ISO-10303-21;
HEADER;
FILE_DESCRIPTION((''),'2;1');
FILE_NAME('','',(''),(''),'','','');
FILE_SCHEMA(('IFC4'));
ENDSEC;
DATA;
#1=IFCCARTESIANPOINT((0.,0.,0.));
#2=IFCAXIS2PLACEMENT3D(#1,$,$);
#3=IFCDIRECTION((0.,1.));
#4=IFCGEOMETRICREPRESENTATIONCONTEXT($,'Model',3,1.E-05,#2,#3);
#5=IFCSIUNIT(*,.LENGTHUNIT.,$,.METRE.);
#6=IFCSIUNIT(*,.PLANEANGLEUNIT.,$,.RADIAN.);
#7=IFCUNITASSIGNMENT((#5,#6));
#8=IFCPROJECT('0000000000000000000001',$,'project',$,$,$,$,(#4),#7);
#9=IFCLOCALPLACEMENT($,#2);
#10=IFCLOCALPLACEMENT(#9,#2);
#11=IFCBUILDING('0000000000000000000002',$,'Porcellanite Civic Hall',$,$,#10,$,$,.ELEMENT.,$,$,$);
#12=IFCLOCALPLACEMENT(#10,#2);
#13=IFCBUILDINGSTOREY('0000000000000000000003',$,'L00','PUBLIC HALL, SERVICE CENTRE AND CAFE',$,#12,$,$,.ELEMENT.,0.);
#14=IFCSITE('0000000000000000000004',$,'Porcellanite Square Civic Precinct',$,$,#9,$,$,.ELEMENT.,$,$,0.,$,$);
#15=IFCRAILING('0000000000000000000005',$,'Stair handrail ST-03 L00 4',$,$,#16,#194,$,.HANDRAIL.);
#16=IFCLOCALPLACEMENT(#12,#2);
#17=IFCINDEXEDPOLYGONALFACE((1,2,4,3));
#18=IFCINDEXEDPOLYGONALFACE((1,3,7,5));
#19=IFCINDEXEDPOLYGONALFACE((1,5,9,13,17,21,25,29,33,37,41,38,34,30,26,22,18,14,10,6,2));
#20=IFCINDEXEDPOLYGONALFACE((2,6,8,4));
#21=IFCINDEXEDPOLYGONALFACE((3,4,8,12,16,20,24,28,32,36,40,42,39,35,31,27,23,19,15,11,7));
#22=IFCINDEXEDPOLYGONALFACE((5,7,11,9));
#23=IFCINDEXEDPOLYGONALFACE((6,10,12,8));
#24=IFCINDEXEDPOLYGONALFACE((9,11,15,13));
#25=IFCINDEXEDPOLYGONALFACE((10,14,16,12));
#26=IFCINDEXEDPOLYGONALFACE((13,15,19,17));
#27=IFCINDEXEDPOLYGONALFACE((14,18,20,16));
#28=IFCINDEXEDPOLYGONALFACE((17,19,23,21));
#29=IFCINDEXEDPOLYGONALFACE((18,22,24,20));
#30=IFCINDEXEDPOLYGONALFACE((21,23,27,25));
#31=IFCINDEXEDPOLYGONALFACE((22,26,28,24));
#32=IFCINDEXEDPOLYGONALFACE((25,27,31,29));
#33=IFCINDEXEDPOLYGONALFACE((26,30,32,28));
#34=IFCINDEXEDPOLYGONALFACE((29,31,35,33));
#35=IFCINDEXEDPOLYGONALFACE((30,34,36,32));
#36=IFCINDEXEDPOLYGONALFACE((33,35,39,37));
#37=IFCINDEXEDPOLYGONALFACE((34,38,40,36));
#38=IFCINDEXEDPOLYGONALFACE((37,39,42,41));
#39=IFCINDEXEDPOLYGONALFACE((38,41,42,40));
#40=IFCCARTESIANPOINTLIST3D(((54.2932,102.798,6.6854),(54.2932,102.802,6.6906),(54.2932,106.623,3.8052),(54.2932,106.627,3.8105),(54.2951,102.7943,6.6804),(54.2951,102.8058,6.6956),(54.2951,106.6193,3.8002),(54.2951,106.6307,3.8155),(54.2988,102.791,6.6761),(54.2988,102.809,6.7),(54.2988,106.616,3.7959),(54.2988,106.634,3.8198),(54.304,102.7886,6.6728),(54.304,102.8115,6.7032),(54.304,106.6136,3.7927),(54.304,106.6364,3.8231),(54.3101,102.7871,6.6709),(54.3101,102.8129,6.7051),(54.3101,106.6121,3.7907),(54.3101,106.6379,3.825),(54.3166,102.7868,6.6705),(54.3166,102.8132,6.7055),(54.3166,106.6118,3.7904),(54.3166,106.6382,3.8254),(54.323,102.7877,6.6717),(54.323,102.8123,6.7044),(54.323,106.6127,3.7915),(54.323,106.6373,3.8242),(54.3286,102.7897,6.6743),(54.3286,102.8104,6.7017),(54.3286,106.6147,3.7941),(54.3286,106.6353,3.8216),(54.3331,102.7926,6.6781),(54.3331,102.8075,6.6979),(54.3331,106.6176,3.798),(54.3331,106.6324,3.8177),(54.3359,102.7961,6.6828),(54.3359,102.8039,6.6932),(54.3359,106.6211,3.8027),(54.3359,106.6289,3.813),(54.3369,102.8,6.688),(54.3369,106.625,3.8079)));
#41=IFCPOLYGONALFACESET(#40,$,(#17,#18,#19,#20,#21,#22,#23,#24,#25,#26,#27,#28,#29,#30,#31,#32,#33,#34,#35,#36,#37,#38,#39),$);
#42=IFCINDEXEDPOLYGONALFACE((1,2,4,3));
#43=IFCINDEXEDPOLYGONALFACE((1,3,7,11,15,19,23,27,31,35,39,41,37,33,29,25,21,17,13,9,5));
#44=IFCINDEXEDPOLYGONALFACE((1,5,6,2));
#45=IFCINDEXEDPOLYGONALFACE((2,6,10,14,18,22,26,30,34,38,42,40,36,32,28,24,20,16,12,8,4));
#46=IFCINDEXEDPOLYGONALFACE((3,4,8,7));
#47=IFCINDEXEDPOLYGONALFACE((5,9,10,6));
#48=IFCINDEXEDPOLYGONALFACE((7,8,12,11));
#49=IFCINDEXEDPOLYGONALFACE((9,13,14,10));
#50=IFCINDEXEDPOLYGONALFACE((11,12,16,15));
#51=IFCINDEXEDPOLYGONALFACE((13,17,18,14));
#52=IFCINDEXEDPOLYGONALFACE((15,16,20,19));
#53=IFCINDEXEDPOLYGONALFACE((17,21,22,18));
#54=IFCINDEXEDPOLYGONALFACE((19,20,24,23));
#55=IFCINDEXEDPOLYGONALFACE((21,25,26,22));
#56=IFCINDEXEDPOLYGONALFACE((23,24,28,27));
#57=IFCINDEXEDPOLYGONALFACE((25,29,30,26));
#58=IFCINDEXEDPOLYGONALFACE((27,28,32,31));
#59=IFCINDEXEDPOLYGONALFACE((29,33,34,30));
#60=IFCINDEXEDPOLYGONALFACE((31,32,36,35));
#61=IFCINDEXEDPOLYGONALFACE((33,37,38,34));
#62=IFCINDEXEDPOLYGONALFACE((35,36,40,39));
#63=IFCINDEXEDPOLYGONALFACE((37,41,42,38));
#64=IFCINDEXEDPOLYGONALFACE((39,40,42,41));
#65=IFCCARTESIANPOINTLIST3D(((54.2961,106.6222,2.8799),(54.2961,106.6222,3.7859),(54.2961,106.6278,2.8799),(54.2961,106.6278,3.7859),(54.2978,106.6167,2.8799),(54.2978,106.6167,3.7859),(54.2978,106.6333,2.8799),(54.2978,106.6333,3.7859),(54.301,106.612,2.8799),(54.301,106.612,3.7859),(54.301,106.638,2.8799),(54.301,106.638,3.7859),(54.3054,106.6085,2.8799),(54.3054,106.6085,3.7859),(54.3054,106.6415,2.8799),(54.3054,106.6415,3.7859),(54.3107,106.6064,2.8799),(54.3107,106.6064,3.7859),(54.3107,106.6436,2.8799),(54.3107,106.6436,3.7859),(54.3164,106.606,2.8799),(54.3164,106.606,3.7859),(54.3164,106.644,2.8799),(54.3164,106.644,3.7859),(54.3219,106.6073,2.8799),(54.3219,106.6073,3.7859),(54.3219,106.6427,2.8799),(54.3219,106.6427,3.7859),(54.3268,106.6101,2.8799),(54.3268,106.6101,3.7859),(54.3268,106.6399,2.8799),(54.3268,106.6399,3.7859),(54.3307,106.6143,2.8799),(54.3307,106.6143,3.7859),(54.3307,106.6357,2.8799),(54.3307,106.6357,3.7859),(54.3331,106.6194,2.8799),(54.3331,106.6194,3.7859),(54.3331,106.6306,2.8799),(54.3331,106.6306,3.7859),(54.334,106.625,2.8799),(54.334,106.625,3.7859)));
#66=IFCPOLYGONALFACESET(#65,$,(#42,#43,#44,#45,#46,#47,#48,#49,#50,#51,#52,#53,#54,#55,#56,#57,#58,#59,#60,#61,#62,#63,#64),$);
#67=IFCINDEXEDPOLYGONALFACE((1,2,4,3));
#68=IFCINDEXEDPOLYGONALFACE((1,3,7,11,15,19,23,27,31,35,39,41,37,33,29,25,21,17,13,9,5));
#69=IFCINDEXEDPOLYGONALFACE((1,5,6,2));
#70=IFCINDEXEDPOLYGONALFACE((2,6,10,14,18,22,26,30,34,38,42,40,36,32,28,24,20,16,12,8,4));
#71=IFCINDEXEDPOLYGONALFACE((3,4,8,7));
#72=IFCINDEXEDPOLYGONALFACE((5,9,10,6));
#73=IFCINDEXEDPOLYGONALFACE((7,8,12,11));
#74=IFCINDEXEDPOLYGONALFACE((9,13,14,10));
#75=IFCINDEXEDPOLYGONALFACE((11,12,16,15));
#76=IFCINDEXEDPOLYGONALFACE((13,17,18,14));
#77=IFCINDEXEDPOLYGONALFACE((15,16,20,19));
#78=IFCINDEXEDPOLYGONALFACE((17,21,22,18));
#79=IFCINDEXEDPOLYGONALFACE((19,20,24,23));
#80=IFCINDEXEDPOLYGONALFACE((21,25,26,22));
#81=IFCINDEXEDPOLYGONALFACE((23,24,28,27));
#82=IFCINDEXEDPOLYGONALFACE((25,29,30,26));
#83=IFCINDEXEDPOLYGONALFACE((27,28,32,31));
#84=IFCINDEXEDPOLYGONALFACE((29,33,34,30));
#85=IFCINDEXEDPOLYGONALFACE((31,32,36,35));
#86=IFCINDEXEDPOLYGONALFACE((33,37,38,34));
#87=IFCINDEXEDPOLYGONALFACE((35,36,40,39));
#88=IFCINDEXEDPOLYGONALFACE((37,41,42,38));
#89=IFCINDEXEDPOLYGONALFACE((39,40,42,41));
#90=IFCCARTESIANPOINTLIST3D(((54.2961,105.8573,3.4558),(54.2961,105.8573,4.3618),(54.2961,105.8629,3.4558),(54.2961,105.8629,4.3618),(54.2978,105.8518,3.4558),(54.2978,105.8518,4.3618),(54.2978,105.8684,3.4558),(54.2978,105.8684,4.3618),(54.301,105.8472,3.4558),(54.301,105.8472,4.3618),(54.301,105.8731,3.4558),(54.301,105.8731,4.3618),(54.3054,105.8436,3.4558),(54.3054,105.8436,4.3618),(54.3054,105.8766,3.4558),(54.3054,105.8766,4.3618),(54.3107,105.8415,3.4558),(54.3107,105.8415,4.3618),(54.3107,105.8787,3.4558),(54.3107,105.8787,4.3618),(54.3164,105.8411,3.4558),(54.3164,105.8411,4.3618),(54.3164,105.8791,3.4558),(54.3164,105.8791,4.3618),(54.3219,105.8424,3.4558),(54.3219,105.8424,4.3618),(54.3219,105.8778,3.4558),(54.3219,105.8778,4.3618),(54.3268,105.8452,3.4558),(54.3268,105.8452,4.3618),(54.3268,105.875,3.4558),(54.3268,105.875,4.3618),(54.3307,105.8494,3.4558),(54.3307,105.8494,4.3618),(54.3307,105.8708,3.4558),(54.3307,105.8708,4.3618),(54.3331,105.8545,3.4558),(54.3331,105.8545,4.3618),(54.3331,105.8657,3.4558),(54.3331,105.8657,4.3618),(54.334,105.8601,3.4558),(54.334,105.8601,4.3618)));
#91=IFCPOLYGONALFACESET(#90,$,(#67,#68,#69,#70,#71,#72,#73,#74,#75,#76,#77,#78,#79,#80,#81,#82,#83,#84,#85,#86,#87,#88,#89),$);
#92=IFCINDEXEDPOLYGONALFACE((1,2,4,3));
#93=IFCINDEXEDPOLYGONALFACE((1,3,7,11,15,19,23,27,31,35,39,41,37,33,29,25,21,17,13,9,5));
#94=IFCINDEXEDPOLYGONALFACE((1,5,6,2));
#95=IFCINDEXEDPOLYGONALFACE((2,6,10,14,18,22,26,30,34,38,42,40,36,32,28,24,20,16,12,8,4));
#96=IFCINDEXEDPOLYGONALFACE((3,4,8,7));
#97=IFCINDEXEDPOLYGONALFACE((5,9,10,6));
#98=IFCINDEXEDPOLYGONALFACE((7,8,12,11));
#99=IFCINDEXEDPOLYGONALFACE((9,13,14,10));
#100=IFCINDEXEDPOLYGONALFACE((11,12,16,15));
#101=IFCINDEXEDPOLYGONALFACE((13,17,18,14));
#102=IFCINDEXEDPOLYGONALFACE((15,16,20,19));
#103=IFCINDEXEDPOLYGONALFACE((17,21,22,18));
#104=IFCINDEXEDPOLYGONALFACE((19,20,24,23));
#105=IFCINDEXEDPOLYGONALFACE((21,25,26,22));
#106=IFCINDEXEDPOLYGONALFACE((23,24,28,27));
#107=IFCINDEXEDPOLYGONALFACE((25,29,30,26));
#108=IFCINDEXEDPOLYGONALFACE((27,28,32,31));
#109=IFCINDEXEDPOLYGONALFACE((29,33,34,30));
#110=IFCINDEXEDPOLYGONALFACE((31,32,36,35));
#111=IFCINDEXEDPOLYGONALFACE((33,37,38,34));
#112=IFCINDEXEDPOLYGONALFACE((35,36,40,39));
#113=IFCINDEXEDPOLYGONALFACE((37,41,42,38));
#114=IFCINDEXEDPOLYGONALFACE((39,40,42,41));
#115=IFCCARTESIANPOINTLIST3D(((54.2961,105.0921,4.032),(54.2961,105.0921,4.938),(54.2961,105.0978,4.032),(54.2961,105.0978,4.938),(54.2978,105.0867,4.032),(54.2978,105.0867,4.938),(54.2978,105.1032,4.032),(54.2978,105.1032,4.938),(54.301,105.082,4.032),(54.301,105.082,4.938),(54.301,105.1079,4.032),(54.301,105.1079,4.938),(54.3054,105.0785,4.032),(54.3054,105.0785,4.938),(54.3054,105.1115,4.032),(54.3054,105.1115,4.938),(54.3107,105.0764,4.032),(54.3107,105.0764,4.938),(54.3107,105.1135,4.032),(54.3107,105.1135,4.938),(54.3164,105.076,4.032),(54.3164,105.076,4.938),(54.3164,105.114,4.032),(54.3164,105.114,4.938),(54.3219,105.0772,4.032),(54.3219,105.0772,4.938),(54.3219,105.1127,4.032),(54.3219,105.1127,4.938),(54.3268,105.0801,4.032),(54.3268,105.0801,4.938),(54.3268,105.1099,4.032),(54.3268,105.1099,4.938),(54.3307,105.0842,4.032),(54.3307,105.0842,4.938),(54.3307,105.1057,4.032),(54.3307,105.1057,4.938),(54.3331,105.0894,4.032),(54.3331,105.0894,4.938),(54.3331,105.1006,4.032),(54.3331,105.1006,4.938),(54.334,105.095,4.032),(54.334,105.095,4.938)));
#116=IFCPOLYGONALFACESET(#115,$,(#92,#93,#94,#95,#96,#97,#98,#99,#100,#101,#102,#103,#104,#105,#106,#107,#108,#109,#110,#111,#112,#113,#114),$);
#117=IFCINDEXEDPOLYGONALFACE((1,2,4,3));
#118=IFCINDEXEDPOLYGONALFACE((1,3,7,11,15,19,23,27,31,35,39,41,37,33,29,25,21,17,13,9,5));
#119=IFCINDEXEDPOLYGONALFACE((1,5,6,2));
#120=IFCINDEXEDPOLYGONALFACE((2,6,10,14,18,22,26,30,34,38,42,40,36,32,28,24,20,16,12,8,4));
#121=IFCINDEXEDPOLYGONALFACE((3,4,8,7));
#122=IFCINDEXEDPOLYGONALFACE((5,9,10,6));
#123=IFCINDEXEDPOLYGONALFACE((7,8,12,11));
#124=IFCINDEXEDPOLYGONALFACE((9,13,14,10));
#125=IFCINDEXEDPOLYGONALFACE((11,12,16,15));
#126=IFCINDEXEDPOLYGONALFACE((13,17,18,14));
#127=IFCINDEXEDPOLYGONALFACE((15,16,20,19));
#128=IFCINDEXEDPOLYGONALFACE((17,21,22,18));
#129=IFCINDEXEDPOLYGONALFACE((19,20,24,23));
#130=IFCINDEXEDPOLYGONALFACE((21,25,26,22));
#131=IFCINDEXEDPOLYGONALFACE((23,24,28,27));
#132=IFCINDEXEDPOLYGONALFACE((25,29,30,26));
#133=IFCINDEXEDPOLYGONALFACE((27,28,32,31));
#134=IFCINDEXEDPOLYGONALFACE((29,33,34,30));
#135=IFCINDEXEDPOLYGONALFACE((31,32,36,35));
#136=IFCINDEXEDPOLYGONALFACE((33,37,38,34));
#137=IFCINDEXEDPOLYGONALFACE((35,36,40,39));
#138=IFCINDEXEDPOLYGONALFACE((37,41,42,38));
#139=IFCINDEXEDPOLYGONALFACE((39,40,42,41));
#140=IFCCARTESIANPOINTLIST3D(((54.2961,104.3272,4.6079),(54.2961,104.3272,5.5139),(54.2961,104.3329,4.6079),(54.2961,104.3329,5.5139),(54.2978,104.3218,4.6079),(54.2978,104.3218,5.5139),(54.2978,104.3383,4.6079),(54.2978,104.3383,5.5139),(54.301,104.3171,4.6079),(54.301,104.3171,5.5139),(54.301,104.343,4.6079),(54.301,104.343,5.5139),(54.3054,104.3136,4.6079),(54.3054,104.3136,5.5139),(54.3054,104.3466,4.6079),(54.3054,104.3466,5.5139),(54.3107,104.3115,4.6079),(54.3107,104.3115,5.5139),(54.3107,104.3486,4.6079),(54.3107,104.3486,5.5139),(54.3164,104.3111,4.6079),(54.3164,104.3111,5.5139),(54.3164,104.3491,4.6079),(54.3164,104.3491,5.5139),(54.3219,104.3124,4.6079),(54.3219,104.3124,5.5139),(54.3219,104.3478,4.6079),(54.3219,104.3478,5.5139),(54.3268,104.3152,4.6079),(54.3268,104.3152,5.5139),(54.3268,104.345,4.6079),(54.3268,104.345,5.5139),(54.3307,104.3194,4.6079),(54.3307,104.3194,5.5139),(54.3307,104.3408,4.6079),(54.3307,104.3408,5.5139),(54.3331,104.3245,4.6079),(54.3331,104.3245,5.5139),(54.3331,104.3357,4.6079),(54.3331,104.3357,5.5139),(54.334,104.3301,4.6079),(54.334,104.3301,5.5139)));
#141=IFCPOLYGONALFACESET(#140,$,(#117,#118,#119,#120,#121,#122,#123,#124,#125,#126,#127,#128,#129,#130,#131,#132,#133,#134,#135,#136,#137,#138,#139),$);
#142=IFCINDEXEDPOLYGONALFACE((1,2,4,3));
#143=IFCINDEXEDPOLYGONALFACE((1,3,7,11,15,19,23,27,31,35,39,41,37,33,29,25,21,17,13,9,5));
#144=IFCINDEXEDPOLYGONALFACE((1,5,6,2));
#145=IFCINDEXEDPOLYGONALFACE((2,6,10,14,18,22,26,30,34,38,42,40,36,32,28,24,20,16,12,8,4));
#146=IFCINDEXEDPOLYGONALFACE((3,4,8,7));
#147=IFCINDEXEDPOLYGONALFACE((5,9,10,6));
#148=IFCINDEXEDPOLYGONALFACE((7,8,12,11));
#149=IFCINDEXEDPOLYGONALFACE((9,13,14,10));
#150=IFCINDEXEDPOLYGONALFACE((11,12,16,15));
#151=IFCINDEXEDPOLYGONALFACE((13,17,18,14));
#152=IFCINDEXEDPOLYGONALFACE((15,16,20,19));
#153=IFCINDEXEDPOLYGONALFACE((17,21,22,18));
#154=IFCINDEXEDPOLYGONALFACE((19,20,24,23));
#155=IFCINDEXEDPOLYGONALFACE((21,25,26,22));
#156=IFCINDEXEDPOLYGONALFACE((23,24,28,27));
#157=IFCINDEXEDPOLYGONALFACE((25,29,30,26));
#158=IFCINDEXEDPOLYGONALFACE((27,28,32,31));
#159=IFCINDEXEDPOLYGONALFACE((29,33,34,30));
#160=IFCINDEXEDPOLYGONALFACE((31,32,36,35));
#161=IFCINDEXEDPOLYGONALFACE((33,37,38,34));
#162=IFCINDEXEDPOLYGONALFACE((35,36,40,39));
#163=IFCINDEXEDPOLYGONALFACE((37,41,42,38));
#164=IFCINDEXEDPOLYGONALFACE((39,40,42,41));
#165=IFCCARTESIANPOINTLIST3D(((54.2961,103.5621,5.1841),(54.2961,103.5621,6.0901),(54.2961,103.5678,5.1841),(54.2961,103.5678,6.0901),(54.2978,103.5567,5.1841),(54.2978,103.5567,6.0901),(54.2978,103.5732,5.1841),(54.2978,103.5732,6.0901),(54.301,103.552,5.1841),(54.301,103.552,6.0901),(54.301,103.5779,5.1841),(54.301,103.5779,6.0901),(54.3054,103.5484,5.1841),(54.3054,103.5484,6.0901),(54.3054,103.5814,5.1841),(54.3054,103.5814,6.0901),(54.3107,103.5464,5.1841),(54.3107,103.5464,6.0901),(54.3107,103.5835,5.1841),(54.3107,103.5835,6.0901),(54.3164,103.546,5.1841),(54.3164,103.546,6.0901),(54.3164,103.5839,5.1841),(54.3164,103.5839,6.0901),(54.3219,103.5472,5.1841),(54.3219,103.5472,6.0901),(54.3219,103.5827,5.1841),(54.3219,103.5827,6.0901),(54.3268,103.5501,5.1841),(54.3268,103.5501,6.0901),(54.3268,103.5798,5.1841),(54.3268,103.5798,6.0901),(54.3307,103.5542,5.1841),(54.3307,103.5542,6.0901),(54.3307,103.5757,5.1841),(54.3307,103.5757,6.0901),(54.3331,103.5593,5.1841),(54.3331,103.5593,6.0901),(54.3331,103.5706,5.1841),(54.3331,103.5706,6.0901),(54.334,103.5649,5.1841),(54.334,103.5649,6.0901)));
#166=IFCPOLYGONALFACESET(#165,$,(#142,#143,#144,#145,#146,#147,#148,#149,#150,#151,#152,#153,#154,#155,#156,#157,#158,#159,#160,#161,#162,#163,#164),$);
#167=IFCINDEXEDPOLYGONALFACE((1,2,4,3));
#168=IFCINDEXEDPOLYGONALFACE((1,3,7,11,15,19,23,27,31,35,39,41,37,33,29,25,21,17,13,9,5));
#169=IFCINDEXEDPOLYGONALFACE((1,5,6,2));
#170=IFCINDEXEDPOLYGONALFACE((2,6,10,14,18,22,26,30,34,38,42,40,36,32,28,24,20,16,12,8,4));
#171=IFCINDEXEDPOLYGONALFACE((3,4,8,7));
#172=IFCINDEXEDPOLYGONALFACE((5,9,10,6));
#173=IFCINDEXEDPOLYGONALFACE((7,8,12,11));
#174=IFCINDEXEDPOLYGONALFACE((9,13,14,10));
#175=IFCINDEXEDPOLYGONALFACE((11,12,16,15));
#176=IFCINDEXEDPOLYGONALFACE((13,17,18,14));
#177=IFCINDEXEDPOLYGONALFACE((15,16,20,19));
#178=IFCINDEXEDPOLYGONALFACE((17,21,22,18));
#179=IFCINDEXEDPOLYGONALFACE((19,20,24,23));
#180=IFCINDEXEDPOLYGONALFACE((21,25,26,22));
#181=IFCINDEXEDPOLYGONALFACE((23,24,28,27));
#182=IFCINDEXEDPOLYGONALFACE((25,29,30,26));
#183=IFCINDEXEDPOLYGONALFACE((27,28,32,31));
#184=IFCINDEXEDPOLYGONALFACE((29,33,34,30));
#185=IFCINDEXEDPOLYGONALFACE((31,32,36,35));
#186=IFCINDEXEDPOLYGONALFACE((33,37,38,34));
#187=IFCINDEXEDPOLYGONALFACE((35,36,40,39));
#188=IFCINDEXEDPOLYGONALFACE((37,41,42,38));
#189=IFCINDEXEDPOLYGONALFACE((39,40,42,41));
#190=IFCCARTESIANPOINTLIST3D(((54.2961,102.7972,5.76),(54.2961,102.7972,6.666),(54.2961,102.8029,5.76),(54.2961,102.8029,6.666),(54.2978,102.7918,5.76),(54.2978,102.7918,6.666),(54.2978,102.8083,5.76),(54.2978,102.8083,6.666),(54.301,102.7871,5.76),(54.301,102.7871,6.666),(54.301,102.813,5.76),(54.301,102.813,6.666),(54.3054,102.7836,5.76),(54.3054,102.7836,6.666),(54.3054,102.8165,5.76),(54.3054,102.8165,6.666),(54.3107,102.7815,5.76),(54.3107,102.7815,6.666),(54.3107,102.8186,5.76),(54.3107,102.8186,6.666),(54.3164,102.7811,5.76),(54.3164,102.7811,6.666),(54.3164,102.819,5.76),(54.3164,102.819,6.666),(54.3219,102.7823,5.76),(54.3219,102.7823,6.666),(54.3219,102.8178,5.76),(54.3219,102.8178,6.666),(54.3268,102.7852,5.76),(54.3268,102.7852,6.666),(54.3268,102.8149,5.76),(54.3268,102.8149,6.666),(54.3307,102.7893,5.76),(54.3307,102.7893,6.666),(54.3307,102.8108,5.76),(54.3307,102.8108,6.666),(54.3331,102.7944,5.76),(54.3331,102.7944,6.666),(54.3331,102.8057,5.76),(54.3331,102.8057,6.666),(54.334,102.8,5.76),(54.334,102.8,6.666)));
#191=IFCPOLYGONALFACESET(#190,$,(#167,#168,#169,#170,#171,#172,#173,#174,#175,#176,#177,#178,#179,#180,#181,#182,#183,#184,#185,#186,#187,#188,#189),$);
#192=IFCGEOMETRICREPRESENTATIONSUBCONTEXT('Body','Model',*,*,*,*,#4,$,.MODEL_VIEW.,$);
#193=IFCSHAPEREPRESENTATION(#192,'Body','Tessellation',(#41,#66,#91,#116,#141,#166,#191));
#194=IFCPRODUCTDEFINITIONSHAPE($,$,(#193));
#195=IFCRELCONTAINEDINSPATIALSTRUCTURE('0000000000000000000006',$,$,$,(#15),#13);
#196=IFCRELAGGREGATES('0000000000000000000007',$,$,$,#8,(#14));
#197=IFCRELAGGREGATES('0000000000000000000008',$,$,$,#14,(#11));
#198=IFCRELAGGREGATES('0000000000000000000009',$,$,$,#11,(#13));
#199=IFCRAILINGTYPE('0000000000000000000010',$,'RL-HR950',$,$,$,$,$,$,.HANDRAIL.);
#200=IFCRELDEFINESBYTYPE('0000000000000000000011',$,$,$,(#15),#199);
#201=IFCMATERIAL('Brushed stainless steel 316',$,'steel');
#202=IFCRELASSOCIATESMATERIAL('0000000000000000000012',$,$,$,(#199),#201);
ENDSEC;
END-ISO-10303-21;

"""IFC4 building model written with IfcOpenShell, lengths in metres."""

from ifc_helpers import new_model, si_unit, direction, frame, origin, origin_2d, place, context, subcontext, project, spatial, circle, extrude, material, type_object, element, save


model = new_model("IFC4")

# Units and contexts
model_context = context("Model", 3, precision=1e-05, world=origin(), true_north=direction((0.0, 1.0)))
body_context = subcontext(model_context, "Body", "Model", "MODEL_VIEW")
ifc_project = project(units=[si_unit("LENGTHUNIT", "METRE"), si_unit("PLANEANGLEUNIT", "RADIAN")], contexts=[model_context])

# Site, building, storey
site_placement = place(None, origin())
site = spatial("IfcSite", under=ifc_project, at=site_placement, Name="Porcellanite Square Civic Precinct", CompositionType="ELEMENT", RefElevation=0.0)
building_placement = place(site_placement, origin())
building = spatial("IfcBuilding", under=site, at=building_placement, Name="Porcellanite Civic Hall", CompositionType="ELEMENT")
storey_placement = place(building_placement, origin())
storey = spatial("IfcBuildingStorey", under=building, at=storey_placement, Name="L00", Description="PUBLIC HALL, SERVICE CENTRE AND CAFE", CompositionType="ELEMENT", Elevation=0.0)

# Railing
ifc_material_1 = material(Name="Brushed stainless steel 316", Category="steel")
railing_type_1 = type_object("IfcRailingType", Name="RL-HR950", PredefinedType="HANDRAIL", material=ifc_material_1)
railing_1_placement = place(storey_placement, frame((54.3149, 106.625, 2.8799)))
element("IfcRailing", 1, at=railing_1_placement, inside=storey, type_object=railing_type_1, Name="Stair handrail ST-03 L00 4", PredefinedType="HANDRAIL", context=body_context, shape_type="SweptSolid", body=[
    extrude(circle(Radius=0.022, at=origin_2d()), frame((0.0, 0.0, 0.928), z_axis=(0.0, -0.798854, 0.601525), x_axis=(1.0, 0.0, 0.0)), (0.0, 0.0, 1.0), 4.7881),
    extrude(circle(Radius=0.019, at=origin_2d()), origin(), (0.0, 0.0, 1.0), 0.906),
    extrude(circle(Radius=0.019, at=origin_2d()), frame((0.0, -0.7649, 0.5759)), (0.0, 0.0, 1.0), 0.906),
    extrude(circle(Radius=0.019, at=origin_2d()), frame((0.0, -1.53, 1.1521)), (0.0, 0.0, 1.0), 0.906),
    extrude(circle(Radius=0.019, at=origin_2d()), frame((0.0, -2.2949, 1.728)), (0.0, 0.0, 1.0), 0.906),
    extrude(circle(Radius=0.019, at=origin_2d()), frame((0.0, -3.0601, 2.3042)), (0.0, 0.0, 1.0), 0.906),
    extrude(circle(Radius=0.019, at=origin_2d()), frame((0.0, -3.825, 2.8801)), (0.0, 0.0, 1.0), 0.906),
])

save(model, "model.ifc")
